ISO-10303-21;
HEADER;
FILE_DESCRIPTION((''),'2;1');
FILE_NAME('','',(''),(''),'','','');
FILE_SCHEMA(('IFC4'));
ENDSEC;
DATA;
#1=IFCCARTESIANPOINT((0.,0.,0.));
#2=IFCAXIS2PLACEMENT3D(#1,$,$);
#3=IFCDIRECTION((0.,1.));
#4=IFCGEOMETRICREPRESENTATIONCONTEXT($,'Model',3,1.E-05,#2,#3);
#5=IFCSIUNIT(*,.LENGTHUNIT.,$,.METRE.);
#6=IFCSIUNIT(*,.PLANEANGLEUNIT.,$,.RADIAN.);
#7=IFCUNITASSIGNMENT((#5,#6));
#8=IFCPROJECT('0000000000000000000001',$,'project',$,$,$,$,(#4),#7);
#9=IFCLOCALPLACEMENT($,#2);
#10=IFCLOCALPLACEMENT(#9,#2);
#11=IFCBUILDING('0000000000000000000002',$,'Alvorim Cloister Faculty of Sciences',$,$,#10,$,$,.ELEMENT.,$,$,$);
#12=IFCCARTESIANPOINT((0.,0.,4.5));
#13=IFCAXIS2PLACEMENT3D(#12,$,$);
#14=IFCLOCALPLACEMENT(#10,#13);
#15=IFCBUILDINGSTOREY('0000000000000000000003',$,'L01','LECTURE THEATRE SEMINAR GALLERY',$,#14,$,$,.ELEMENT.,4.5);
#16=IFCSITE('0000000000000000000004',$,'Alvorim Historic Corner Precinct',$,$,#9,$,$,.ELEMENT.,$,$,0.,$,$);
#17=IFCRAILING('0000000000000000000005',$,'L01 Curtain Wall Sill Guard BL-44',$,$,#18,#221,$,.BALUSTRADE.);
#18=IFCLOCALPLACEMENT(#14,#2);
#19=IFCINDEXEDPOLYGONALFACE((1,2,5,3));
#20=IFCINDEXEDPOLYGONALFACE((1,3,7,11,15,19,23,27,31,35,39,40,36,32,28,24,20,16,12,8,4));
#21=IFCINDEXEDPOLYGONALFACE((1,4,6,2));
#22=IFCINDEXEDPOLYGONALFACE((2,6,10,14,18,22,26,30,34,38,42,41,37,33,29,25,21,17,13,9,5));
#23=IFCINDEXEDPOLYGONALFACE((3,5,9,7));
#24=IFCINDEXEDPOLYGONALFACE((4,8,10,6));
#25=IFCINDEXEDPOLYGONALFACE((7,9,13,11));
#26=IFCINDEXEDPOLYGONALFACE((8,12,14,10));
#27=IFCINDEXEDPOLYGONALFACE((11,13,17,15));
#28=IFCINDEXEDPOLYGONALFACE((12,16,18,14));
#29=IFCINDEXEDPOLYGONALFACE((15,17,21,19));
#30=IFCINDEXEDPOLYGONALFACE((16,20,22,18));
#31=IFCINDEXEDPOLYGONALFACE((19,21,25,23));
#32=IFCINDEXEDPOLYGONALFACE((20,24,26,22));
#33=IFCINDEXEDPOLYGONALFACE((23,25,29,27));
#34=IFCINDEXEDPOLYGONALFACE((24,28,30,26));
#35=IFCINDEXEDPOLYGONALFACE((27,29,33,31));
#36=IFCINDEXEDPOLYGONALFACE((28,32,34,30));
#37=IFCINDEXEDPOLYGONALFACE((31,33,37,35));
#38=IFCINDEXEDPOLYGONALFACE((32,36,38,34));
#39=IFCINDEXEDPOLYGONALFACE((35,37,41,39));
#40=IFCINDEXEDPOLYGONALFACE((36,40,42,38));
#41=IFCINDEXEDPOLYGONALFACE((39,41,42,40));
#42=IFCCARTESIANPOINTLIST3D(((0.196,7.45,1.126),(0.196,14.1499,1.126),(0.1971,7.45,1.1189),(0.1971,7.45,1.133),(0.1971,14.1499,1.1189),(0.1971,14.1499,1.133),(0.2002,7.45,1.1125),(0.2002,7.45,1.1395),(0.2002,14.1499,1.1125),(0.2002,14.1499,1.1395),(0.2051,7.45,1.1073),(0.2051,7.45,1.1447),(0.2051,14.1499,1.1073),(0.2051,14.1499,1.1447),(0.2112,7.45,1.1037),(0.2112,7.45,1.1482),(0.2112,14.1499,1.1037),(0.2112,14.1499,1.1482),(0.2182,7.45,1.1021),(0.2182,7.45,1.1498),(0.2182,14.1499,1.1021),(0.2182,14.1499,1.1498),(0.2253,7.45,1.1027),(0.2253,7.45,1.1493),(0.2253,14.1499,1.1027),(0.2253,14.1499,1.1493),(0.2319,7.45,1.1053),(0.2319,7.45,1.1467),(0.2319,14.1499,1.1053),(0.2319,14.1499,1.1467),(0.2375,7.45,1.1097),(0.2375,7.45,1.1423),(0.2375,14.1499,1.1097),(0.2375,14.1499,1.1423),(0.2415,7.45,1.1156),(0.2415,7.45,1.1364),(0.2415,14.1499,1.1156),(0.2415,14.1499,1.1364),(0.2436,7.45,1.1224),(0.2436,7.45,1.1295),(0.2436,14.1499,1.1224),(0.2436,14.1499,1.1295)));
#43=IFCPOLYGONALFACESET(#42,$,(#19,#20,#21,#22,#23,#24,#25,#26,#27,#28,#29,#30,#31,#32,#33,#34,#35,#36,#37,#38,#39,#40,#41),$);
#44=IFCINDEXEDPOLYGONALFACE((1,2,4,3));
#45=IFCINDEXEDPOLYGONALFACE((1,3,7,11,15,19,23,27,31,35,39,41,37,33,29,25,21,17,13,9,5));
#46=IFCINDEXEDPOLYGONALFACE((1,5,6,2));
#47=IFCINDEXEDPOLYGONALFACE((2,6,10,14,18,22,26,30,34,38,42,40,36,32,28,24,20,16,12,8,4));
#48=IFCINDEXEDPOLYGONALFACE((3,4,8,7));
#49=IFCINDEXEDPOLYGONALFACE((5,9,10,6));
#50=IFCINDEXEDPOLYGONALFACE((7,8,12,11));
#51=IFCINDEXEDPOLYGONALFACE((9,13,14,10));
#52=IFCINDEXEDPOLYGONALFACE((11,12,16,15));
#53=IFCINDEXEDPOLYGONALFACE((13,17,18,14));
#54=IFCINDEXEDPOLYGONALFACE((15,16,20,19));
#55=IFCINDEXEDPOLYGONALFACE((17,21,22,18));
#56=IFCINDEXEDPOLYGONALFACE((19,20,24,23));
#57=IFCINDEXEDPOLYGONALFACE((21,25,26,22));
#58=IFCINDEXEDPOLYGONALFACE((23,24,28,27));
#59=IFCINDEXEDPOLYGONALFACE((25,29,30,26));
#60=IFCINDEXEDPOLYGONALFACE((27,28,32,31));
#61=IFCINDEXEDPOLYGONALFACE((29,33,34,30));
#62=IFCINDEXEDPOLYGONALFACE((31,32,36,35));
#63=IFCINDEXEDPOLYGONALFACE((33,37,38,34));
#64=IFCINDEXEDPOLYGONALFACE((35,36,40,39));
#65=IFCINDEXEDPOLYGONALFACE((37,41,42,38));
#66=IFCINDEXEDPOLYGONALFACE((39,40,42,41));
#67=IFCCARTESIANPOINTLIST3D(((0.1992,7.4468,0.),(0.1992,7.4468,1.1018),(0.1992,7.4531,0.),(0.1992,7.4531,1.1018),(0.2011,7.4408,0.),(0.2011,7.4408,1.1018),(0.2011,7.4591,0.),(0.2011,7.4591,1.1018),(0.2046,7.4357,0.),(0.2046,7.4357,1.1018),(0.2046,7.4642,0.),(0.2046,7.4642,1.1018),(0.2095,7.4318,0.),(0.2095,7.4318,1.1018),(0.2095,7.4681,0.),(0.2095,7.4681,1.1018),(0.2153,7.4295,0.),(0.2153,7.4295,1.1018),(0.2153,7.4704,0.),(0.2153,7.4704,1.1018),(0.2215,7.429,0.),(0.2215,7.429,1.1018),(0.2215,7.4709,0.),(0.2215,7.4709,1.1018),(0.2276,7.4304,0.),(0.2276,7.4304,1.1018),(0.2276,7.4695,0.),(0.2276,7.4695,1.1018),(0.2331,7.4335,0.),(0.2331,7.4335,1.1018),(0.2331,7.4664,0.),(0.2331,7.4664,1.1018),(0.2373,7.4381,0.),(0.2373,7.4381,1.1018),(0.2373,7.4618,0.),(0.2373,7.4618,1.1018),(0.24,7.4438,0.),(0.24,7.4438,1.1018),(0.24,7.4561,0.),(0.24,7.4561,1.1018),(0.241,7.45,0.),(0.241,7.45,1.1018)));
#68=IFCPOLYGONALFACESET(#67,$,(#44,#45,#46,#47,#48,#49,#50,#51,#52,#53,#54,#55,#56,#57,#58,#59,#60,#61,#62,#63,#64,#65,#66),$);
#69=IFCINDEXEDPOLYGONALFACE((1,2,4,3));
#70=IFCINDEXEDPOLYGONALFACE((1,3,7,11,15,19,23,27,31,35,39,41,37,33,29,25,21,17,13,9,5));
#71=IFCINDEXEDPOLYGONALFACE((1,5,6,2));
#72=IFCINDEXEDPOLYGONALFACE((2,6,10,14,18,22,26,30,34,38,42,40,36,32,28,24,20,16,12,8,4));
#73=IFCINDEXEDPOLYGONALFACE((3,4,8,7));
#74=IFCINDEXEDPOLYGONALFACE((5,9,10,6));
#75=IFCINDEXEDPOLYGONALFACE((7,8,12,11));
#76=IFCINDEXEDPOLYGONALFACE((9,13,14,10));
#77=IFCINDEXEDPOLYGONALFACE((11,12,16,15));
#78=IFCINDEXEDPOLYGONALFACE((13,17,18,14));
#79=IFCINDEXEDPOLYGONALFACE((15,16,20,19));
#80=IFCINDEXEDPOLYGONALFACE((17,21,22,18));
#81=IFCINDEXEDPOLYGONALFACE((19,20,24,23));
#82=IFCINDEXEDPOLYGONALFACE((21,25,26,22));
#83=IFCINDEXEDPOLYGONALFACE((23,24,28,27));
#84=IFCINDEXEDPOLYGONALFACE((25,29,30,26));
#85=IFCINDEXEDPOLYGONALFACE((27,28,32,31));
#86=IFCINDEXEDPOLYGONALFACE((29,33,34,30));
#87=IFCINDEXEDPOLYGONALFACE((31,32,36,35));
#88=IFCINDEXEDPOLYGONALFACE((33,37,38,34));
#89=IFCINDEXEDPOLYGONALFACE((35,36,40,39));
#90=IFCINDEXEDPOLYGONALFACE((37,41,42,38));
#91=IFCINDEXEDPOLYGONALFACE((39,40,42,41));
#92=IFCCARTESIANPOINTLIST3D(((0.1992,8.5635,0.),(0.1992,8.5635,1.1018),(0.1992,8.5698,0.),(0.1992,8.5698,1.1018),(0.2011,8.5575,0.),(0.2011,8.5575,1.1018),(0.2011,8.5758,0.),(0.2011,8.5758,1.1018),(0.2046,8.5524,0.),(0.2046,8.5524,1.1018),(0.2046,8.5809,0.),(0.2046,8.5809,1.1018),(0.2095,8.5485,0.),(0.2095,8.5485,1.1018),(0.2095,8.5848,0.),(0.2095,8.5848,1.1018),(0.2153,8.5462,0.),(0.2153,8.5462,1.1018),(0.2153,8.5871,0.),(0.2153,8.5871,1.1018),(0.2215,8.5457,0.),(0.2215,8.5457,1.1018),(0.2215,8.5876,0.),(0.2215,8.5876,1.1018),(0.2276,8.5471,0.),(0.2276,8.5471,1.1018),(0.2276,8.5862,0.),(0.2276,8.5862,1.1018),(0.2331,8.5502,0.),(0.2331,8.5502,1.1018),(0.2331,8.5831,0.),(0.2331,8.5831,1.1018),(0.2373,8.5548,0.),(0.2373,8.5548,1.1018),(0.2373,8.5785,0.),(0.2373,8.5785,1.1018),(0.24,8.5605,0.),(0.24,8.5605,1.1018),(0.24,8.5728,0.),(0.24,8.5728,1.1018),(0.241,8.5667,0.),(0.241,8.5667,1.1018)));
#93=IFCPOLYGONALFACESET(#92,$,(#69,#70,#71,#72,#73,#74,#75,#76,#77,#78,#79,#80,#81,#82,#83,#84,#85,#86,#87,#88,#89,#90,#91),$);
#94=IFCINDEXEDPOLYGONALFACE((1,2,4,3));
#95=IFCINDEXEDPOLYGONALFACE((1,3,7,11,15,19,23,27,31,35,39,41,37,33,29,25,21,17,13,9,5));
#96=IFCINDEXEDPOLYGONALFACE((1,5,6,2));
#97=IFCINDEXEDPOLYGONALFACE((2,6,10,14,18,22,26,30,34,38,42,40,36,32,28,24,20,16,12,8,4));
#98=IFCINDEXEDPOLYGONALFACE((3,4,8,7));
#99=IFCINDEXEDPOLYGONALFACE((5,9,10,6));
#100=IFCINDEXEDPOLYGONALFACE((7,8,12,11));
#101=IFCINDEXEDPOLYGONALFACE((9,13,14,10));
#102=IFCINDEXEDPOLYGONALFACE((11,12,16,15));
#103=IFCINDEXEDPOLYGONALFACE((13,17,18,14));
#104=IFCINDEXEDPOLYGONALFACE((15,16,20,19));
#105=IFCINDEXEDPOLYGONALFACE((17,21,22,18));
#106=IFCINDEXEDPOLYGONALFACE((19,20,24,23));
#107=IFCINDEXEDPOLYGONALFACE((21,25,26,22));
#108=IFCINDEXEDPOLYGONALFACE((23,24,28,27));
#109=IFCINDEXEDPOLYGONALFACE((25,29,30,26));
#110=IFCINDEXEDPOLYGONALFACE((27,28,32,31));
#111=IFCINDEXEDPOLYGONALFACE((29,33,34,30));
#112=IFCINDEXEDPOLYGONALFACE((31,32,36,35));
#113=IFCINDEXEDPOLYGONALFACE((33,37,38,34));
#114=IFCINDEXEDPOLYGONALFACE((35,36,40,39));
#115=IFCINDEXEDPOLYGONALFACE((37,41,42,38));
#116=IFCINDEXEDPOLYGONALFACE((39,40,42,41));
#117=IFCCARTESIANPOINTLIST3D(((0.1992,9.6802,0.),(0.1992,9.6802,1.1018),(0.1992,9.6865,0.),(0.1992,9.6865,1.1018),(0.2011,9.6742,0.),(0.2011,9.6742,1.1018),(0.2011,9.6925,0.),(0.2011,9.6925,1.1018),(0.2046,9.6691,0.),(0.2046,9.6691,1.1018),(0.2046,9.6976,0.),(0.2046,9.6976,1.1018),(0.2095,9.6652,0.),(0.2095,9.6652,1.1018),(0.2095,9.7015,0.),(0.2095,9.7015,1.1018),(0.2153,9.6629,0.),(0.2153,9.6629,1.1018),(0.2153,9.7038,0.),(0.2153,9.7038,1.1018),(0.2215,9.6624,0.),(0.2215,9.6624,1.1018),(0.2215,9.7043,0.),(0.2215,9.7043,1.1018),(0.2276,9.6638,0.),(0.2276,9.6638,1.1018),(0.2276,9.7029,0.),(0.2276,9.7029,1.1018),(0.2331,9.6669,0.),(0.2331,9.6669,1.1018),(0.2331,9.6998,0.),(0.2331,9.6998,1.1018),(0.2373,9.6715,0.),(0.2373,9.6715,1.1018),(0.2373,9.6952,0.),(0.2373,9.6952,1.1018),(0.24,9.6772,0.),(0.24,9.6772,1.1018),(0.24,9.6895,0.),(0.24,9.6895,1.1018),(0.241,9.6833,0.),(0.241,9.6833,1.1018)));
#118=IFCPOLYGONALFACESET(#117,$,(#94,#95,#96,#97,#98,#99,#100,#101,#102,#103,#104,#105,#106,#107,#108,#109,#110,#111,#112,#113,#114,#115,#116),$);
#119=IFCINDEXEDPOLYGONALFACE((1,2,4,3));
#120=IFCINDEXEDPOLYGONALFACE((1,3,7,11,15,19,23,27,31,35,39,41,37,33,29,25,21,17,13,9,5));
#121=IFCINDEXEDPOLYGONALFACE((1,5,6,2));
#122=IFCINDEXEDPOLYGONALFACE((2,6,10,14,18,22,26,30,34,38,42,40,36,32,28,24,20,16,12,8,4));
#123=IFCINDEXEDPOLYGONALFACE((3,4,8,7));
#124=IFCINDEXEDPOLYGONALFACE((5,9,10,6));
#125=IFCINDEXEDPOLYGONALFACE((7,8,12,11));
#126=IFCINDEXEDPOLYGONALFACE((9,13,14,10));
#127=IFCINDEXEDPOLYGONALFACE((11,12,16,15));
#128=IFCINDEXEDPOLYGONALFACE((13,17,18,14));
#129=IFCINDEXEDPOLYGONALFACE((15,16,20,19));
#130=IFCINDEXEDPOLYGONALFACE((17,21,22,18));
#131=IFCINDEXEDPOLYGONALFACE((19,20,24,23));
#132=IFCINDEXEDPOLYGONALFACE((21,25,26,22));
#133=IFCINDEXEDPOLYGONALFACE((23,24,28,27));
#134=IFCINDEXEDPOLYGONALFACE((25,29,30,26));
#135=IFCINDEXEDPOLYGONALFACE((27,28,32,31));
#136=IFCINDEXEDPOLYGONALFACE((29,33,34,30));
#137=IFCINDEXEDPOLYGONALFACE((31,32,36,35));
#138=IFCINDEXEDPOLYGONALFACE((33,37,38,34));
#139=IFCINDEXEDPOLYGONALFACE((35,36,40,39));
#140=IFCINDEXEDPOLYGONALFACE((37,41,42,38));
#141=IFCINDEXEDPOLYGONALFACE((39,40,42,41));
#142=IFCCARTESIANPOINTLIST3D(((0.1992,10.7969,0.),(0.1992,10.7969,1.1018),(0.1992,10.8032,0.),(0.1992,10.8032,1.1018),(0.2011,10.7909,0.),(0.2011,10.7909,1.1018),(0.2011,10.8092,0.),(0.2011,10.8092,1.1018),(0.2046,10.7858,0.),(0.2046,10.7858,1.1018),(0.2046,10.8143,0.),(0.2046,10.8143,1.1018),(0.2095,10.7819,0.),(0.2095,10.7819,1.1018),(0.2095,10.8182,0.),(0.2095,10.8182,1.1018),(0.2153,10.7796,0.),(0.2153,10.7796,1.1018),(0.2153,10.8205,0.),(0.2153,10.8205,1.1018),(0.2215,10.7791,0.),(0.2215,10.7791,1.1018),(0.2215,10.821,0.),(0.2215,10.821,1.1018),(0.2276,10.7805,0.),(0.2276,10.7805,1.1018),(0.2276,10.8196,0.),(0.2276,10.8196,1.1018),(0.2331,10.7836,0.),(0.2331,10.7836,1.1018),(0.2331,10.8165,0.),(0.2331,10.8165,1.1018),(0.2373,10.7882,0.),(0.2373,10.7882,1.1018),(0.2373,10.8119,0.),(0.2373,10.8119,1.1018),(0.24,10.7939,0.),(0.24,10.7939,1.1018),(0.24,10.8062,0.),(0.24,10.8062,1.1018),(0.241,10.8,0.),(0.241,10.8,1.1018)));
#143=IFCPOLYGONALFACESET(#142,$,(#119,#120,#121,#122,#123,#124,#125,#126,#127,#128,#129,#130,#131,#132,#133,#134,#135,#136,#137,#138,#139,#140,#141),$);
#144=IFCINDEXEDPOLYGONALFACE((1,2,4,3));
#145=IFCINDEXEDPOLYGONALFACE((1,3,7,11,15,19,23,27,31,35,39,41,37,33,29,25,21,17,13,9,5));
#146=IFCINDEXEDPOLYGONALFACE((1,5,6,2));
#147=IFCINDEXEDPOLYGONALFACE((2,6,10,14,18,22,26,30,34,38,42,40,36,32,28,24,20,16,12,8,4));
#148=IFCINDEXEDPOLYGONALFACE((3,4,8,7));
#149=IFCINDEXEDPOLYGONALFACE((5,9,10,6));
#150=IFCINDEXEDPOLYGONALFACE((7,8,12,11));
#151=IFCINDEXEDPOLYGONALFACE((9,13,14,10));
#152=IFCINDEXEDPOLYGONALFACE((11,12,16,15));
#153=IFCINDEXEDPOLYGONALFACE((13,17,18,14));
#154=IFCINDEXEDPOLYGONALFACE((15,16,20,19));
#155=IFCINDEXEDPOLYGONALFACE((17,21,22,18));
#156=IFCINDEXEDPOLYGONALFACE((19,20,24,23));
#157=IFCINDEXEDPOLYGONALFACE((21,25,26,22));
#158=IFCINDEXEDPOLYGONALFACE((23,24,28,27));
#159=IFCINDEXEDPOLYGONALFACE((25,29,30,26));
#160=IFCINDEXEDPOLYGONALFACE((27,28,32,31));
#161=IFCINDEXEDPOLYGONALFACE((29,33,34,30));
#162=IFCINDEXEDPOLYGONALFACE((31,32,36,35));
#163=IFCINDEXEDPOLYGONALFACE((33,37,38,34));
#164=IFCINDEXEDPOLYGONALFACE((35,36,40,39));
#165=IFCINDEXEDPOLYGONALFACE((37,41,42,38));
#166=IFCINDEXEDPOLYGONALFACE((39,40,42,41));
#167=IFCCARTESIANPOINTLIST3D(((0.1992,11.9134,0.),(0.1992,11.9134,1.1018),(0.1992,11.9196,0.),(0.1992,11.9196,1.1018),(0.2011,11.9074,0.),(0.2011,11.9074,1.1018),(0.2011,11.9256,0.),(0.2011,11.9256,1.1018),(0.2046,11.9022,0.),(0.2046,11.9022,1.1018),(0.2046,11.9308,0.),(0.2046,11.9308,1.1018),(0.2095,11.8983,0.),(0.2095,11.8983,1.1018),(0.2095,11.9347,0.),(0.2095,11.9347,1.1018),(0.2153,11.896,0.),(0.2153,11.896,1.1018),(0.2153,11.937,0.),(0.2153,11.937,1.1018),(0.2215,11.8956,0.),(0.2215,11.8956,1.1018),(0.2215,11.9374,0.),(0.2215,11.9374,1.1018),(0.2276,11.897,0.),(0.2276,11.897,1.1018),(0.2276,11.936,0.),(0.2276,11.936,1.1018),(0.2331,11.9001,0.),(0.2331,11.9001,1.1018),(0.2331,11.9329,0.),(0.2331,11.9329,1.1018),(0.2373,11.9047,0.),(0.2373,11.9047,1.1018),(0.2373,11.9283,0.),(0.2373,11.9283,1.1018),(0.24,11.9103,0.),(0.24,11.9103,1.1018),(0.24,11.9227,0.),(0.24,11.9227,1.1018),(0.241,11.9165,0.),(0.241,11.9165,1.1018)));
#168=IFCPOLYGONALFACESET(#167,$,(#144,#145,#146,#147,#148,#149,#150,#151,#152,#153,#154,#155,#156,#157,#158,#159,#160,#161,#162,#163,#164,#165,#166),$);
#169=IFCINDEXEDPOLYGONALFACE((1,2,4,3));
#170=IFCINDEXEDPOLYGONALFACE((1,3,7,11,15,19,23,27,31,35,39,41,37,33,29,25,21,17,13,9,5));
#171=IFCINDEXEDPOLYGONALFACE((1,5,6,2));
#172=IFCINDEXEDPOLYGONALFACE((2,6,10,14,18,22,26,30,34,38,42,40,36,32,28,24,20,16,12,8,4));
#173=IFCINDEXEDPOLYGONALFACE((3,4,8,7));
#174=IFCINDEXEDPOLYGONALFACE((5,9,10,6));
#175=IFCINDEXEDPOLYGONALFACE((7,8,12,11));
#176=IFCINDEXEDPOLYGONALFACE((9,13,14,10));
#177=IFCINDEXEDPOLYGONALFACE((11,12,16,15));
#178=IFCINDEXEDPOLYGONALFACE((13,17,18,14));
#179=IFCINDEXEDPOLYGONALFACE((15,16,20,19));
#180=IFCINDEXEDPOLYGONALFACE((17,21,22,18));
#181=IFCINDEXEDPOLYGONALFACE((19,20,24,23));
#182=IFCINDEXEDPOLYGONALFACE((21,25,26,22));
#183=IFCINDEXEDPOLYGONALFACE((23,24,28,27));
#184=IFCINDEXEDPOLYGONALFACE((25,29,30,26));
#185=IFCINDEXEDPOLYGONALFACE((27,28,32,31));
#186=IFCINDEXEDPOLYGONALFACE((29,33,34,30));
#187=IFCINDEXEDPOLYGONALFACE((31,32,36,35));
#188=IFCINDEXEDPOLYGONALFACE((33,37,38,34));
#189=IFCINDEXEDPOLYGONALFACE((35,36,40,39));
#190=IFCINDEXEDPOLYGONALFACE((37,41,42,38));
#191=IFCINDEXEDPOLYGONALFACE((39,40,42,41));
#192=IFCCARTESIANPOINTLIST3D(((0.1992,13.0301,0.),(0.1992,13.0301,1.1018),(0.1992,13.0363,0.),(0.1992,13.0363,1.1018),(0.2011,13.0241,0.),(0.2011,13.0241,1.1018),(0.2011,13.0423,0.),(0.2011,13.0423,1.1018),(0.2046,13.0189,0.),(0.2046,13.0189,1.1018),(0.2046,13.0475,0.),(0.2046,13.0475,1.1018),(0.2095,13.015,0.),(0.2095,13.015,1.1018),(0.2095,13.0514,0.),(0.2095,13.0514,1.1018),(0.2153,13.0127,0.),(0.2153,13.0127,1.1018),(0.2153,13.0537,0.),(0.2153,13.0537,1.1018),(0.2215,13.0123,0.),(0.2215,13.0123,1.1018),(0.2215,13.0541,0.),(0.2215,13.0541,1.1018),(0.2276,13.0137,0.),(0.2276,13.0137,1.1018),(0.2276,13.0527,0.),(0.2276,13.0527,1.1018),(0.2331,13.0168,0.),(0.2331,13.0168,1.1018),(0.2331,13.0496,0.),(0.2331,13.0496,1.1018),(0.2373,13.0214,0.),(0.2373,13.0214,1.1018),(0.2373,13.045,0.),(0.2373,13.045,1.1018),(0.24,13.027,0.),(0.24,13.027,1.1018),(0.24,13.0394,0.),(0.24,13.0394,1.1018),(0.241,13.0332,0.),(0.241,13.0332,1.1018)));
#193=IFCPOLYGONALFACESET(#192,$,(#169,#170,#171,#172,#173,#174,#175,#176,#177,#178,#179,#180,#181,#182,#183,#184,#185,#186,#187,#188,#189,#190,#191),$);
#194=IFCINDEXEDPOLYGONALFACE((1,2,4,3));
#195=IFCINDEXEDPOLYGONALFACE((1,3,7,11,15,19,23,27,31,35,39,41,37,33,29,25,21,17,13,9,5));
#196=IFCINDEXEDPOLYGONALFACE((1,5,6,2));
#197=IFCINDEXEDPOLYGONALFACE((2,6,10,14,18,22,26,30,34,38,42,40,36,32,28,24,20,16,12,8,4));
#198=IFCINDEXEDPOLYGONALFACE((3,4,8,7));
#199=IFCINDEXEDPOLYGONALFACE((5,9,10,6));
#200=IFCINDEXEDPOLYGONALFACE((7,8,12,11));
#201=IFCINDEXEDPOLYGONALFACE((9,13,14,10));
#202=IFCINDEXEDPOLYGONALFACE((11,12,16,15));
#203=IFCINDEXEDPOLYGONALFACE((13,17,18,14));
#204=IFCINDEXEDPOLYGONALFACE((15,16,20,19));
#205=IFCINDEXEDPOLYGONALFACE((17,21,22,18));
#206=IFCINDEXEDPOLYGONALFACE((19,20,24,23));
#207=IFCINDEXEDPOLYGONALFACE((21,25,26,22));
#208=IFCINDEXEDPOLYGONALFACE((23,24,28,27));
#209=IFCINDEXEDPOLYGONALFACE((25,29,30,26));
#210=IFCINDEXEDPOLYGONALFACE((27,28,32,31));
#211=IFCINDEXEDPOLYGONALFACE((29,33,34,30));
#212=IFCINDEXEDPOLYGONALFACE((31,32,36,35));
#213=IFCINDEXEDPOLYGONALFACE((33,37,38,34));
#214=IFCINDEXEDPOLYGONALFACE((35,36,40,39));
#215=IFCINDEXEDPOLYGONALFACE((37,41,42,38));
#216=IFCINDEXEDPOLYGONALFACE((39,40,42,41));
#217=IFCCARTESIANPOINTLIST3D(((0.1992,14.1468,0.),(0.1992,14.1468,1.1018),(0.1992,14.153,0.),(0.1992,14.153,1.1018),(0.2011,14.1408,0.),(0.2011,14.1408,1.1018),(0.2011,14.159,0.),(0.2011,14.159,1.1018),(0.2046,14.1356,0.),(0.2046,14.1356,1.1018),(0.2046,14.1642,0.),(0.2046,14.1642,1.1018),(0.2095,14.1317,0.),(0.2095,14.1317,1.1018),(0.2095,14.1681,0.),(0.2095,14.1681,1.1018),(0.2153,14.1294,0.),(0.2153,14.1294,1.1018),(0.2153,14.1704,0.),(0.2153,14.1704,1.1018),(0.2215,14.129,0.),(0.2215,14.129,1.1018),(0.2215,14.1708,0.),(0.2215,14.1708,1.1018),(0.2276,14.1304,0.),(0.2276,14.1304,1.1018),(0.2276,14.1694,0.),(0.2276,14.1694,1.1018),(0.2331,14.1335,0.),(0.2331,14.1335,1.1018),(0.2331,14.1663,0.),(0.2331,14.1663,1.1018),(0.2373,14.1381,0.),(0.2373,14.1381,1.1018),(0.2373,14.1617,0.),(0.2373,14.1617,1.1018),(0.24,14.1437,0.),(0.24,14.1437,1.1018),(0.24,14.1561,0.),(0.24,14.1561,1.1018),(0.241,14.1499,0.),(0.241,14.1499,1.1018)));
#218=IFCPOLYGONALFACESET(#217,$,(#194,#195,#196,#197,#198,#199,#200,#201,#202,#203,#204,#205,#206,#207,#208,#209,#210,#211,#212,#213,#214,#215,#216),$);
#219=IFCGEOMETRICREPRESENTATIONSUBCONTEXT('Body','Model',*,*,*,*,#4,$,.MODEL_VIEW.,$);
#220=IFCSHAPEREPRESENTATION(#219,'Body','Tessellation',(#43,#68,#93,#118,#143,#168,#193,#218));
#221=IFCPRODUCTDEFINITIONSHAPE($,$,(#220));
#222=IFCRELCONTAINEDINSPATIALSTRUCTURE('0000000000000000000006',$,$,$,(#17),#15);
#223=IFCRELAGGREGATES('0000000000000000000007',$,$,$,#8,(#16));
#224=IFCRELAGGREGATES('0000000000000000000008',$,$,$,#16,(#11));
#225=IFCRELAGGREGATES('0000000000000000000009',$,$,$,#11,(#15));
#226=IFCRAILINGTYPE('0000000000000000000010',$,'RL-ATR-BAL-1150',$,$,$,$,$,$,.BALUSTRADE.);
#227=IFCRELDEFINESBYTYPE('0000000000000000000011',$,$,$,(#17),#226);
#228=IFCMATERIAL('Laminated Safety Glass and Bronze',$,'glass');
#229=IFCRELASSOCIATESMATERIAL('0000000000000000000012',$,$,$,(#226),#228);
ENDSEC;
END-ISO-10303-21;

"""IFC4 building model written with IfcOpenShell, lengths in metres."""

from ifc_helpers import new_model, si_unit, direction, frame, origin, origin_2d, place, context, subcontext, project, spatial, circle, extrude, material, type_object, element, save


model = new_model("IFC4")

# Units and contexts
model_context = context("Model", 3, precision=1e-05, world=origin(), true_north=direction((0.0, 1.0)))
body_context = subcontext(model_context, "Body", "Model", "MODEL_VIEW")
ifc_project = project(units=[si_unit("LENGTHUNIT", "METRE"), si_unit("PLANEANGLEUNIT", "RADIAN")], contexts=[model_context])

# Site, building, storey
site_placement = place(None, origin())
site = spatial("IfcSite", under=ifc_project, at=site_placement, Name="Alvorim Historic Corner Precinct", CompositionType="ELEMENT", RefElevation=0.0)
building_placement = place(site_placement, origin())
building = spatial("IfcBuilding", under=site, at=building_placement, Name="Alvorim Cloister Faculty of Sciences", CompositionType="ELEMENT")
storey_placement = place(building_placement, frame((0.0, 0.0, 4.5)))
storey = spatial("IfcBuildingStorey", under=building, at=storey_placement, Name="L01", Description="LECTURE THEATRE SEMINAR GALLERY", CompositionType="ELEMENT", Elevation=4.5)

# Railing
ifc_material_1 = material(Name="Laminated Safety Glass and Bronze", Category="glass")
railing_type = type_object("IfcRailingType", Name="RL-ATR-BAL-1150", PredefinedType="BALUSTRADE", material=ifc_material_1)
railing_placement = place(storey_placement, frame((0.22, 7.45, 0.0)))
element("IfcRailing", 1, at=railing_placement, inside=storey, type_object=railing_type, Name="L01 Curtain Wall Sill Guard BL-44", PredefinedType="BALUSTRADE", context=body_context, shape_type="SweptSolid", body=[
    extrude(circle(Radius=0.0239, at=origin_2d()), frame((0.0, 0.0, 1.126), z_axis=(0.0, 1.0, 0.0), x_axis=(-1.0, 0.0, 0.0)), (0.0, 0.0, 1.0), 6.7),
    extrude(circle(Radius=0.021, at=origin_2d()), origin(), (0.0, 0.0, 1.0), 1.1018),
    extrude(circle(Radius=0.021, at=origin_2d()), frame((0.0, 1.1167, 0.0)), (0.0, 0.0, 1.0), 1.1018),
    extrude(circle(Radius=0.021, at=origin_2d()), frame((0.0, 2.2334, 0.0)), (0.0, 0.0, 1.0), 1.1018),
    extrude(circle(Radius=0.021, at=origin_2d()), frame((0.0, 3.3501, 0.0)), (0.0, 0.0, 1.0), 1.1018),
    extrude(circle(Radius=0.021, at=origin_2d()), frame((0.0, 4.4666, 0.0)), (0.0, 0.0, 1.0), 1.1018),
    extrude(circle(Radius=0.021, at=origin_2d()), frame((0.0, 5.5833, 0.0)), (0.0, 0.0, 1.0), 1.1018),
    extrude(circle(Radius=0.021, at=origin_2d()), frame((0.0, 6.7, 0.0)), (0.0, 0.0, 1.0), 1.1018),
])

save(model, "model.ifc")
